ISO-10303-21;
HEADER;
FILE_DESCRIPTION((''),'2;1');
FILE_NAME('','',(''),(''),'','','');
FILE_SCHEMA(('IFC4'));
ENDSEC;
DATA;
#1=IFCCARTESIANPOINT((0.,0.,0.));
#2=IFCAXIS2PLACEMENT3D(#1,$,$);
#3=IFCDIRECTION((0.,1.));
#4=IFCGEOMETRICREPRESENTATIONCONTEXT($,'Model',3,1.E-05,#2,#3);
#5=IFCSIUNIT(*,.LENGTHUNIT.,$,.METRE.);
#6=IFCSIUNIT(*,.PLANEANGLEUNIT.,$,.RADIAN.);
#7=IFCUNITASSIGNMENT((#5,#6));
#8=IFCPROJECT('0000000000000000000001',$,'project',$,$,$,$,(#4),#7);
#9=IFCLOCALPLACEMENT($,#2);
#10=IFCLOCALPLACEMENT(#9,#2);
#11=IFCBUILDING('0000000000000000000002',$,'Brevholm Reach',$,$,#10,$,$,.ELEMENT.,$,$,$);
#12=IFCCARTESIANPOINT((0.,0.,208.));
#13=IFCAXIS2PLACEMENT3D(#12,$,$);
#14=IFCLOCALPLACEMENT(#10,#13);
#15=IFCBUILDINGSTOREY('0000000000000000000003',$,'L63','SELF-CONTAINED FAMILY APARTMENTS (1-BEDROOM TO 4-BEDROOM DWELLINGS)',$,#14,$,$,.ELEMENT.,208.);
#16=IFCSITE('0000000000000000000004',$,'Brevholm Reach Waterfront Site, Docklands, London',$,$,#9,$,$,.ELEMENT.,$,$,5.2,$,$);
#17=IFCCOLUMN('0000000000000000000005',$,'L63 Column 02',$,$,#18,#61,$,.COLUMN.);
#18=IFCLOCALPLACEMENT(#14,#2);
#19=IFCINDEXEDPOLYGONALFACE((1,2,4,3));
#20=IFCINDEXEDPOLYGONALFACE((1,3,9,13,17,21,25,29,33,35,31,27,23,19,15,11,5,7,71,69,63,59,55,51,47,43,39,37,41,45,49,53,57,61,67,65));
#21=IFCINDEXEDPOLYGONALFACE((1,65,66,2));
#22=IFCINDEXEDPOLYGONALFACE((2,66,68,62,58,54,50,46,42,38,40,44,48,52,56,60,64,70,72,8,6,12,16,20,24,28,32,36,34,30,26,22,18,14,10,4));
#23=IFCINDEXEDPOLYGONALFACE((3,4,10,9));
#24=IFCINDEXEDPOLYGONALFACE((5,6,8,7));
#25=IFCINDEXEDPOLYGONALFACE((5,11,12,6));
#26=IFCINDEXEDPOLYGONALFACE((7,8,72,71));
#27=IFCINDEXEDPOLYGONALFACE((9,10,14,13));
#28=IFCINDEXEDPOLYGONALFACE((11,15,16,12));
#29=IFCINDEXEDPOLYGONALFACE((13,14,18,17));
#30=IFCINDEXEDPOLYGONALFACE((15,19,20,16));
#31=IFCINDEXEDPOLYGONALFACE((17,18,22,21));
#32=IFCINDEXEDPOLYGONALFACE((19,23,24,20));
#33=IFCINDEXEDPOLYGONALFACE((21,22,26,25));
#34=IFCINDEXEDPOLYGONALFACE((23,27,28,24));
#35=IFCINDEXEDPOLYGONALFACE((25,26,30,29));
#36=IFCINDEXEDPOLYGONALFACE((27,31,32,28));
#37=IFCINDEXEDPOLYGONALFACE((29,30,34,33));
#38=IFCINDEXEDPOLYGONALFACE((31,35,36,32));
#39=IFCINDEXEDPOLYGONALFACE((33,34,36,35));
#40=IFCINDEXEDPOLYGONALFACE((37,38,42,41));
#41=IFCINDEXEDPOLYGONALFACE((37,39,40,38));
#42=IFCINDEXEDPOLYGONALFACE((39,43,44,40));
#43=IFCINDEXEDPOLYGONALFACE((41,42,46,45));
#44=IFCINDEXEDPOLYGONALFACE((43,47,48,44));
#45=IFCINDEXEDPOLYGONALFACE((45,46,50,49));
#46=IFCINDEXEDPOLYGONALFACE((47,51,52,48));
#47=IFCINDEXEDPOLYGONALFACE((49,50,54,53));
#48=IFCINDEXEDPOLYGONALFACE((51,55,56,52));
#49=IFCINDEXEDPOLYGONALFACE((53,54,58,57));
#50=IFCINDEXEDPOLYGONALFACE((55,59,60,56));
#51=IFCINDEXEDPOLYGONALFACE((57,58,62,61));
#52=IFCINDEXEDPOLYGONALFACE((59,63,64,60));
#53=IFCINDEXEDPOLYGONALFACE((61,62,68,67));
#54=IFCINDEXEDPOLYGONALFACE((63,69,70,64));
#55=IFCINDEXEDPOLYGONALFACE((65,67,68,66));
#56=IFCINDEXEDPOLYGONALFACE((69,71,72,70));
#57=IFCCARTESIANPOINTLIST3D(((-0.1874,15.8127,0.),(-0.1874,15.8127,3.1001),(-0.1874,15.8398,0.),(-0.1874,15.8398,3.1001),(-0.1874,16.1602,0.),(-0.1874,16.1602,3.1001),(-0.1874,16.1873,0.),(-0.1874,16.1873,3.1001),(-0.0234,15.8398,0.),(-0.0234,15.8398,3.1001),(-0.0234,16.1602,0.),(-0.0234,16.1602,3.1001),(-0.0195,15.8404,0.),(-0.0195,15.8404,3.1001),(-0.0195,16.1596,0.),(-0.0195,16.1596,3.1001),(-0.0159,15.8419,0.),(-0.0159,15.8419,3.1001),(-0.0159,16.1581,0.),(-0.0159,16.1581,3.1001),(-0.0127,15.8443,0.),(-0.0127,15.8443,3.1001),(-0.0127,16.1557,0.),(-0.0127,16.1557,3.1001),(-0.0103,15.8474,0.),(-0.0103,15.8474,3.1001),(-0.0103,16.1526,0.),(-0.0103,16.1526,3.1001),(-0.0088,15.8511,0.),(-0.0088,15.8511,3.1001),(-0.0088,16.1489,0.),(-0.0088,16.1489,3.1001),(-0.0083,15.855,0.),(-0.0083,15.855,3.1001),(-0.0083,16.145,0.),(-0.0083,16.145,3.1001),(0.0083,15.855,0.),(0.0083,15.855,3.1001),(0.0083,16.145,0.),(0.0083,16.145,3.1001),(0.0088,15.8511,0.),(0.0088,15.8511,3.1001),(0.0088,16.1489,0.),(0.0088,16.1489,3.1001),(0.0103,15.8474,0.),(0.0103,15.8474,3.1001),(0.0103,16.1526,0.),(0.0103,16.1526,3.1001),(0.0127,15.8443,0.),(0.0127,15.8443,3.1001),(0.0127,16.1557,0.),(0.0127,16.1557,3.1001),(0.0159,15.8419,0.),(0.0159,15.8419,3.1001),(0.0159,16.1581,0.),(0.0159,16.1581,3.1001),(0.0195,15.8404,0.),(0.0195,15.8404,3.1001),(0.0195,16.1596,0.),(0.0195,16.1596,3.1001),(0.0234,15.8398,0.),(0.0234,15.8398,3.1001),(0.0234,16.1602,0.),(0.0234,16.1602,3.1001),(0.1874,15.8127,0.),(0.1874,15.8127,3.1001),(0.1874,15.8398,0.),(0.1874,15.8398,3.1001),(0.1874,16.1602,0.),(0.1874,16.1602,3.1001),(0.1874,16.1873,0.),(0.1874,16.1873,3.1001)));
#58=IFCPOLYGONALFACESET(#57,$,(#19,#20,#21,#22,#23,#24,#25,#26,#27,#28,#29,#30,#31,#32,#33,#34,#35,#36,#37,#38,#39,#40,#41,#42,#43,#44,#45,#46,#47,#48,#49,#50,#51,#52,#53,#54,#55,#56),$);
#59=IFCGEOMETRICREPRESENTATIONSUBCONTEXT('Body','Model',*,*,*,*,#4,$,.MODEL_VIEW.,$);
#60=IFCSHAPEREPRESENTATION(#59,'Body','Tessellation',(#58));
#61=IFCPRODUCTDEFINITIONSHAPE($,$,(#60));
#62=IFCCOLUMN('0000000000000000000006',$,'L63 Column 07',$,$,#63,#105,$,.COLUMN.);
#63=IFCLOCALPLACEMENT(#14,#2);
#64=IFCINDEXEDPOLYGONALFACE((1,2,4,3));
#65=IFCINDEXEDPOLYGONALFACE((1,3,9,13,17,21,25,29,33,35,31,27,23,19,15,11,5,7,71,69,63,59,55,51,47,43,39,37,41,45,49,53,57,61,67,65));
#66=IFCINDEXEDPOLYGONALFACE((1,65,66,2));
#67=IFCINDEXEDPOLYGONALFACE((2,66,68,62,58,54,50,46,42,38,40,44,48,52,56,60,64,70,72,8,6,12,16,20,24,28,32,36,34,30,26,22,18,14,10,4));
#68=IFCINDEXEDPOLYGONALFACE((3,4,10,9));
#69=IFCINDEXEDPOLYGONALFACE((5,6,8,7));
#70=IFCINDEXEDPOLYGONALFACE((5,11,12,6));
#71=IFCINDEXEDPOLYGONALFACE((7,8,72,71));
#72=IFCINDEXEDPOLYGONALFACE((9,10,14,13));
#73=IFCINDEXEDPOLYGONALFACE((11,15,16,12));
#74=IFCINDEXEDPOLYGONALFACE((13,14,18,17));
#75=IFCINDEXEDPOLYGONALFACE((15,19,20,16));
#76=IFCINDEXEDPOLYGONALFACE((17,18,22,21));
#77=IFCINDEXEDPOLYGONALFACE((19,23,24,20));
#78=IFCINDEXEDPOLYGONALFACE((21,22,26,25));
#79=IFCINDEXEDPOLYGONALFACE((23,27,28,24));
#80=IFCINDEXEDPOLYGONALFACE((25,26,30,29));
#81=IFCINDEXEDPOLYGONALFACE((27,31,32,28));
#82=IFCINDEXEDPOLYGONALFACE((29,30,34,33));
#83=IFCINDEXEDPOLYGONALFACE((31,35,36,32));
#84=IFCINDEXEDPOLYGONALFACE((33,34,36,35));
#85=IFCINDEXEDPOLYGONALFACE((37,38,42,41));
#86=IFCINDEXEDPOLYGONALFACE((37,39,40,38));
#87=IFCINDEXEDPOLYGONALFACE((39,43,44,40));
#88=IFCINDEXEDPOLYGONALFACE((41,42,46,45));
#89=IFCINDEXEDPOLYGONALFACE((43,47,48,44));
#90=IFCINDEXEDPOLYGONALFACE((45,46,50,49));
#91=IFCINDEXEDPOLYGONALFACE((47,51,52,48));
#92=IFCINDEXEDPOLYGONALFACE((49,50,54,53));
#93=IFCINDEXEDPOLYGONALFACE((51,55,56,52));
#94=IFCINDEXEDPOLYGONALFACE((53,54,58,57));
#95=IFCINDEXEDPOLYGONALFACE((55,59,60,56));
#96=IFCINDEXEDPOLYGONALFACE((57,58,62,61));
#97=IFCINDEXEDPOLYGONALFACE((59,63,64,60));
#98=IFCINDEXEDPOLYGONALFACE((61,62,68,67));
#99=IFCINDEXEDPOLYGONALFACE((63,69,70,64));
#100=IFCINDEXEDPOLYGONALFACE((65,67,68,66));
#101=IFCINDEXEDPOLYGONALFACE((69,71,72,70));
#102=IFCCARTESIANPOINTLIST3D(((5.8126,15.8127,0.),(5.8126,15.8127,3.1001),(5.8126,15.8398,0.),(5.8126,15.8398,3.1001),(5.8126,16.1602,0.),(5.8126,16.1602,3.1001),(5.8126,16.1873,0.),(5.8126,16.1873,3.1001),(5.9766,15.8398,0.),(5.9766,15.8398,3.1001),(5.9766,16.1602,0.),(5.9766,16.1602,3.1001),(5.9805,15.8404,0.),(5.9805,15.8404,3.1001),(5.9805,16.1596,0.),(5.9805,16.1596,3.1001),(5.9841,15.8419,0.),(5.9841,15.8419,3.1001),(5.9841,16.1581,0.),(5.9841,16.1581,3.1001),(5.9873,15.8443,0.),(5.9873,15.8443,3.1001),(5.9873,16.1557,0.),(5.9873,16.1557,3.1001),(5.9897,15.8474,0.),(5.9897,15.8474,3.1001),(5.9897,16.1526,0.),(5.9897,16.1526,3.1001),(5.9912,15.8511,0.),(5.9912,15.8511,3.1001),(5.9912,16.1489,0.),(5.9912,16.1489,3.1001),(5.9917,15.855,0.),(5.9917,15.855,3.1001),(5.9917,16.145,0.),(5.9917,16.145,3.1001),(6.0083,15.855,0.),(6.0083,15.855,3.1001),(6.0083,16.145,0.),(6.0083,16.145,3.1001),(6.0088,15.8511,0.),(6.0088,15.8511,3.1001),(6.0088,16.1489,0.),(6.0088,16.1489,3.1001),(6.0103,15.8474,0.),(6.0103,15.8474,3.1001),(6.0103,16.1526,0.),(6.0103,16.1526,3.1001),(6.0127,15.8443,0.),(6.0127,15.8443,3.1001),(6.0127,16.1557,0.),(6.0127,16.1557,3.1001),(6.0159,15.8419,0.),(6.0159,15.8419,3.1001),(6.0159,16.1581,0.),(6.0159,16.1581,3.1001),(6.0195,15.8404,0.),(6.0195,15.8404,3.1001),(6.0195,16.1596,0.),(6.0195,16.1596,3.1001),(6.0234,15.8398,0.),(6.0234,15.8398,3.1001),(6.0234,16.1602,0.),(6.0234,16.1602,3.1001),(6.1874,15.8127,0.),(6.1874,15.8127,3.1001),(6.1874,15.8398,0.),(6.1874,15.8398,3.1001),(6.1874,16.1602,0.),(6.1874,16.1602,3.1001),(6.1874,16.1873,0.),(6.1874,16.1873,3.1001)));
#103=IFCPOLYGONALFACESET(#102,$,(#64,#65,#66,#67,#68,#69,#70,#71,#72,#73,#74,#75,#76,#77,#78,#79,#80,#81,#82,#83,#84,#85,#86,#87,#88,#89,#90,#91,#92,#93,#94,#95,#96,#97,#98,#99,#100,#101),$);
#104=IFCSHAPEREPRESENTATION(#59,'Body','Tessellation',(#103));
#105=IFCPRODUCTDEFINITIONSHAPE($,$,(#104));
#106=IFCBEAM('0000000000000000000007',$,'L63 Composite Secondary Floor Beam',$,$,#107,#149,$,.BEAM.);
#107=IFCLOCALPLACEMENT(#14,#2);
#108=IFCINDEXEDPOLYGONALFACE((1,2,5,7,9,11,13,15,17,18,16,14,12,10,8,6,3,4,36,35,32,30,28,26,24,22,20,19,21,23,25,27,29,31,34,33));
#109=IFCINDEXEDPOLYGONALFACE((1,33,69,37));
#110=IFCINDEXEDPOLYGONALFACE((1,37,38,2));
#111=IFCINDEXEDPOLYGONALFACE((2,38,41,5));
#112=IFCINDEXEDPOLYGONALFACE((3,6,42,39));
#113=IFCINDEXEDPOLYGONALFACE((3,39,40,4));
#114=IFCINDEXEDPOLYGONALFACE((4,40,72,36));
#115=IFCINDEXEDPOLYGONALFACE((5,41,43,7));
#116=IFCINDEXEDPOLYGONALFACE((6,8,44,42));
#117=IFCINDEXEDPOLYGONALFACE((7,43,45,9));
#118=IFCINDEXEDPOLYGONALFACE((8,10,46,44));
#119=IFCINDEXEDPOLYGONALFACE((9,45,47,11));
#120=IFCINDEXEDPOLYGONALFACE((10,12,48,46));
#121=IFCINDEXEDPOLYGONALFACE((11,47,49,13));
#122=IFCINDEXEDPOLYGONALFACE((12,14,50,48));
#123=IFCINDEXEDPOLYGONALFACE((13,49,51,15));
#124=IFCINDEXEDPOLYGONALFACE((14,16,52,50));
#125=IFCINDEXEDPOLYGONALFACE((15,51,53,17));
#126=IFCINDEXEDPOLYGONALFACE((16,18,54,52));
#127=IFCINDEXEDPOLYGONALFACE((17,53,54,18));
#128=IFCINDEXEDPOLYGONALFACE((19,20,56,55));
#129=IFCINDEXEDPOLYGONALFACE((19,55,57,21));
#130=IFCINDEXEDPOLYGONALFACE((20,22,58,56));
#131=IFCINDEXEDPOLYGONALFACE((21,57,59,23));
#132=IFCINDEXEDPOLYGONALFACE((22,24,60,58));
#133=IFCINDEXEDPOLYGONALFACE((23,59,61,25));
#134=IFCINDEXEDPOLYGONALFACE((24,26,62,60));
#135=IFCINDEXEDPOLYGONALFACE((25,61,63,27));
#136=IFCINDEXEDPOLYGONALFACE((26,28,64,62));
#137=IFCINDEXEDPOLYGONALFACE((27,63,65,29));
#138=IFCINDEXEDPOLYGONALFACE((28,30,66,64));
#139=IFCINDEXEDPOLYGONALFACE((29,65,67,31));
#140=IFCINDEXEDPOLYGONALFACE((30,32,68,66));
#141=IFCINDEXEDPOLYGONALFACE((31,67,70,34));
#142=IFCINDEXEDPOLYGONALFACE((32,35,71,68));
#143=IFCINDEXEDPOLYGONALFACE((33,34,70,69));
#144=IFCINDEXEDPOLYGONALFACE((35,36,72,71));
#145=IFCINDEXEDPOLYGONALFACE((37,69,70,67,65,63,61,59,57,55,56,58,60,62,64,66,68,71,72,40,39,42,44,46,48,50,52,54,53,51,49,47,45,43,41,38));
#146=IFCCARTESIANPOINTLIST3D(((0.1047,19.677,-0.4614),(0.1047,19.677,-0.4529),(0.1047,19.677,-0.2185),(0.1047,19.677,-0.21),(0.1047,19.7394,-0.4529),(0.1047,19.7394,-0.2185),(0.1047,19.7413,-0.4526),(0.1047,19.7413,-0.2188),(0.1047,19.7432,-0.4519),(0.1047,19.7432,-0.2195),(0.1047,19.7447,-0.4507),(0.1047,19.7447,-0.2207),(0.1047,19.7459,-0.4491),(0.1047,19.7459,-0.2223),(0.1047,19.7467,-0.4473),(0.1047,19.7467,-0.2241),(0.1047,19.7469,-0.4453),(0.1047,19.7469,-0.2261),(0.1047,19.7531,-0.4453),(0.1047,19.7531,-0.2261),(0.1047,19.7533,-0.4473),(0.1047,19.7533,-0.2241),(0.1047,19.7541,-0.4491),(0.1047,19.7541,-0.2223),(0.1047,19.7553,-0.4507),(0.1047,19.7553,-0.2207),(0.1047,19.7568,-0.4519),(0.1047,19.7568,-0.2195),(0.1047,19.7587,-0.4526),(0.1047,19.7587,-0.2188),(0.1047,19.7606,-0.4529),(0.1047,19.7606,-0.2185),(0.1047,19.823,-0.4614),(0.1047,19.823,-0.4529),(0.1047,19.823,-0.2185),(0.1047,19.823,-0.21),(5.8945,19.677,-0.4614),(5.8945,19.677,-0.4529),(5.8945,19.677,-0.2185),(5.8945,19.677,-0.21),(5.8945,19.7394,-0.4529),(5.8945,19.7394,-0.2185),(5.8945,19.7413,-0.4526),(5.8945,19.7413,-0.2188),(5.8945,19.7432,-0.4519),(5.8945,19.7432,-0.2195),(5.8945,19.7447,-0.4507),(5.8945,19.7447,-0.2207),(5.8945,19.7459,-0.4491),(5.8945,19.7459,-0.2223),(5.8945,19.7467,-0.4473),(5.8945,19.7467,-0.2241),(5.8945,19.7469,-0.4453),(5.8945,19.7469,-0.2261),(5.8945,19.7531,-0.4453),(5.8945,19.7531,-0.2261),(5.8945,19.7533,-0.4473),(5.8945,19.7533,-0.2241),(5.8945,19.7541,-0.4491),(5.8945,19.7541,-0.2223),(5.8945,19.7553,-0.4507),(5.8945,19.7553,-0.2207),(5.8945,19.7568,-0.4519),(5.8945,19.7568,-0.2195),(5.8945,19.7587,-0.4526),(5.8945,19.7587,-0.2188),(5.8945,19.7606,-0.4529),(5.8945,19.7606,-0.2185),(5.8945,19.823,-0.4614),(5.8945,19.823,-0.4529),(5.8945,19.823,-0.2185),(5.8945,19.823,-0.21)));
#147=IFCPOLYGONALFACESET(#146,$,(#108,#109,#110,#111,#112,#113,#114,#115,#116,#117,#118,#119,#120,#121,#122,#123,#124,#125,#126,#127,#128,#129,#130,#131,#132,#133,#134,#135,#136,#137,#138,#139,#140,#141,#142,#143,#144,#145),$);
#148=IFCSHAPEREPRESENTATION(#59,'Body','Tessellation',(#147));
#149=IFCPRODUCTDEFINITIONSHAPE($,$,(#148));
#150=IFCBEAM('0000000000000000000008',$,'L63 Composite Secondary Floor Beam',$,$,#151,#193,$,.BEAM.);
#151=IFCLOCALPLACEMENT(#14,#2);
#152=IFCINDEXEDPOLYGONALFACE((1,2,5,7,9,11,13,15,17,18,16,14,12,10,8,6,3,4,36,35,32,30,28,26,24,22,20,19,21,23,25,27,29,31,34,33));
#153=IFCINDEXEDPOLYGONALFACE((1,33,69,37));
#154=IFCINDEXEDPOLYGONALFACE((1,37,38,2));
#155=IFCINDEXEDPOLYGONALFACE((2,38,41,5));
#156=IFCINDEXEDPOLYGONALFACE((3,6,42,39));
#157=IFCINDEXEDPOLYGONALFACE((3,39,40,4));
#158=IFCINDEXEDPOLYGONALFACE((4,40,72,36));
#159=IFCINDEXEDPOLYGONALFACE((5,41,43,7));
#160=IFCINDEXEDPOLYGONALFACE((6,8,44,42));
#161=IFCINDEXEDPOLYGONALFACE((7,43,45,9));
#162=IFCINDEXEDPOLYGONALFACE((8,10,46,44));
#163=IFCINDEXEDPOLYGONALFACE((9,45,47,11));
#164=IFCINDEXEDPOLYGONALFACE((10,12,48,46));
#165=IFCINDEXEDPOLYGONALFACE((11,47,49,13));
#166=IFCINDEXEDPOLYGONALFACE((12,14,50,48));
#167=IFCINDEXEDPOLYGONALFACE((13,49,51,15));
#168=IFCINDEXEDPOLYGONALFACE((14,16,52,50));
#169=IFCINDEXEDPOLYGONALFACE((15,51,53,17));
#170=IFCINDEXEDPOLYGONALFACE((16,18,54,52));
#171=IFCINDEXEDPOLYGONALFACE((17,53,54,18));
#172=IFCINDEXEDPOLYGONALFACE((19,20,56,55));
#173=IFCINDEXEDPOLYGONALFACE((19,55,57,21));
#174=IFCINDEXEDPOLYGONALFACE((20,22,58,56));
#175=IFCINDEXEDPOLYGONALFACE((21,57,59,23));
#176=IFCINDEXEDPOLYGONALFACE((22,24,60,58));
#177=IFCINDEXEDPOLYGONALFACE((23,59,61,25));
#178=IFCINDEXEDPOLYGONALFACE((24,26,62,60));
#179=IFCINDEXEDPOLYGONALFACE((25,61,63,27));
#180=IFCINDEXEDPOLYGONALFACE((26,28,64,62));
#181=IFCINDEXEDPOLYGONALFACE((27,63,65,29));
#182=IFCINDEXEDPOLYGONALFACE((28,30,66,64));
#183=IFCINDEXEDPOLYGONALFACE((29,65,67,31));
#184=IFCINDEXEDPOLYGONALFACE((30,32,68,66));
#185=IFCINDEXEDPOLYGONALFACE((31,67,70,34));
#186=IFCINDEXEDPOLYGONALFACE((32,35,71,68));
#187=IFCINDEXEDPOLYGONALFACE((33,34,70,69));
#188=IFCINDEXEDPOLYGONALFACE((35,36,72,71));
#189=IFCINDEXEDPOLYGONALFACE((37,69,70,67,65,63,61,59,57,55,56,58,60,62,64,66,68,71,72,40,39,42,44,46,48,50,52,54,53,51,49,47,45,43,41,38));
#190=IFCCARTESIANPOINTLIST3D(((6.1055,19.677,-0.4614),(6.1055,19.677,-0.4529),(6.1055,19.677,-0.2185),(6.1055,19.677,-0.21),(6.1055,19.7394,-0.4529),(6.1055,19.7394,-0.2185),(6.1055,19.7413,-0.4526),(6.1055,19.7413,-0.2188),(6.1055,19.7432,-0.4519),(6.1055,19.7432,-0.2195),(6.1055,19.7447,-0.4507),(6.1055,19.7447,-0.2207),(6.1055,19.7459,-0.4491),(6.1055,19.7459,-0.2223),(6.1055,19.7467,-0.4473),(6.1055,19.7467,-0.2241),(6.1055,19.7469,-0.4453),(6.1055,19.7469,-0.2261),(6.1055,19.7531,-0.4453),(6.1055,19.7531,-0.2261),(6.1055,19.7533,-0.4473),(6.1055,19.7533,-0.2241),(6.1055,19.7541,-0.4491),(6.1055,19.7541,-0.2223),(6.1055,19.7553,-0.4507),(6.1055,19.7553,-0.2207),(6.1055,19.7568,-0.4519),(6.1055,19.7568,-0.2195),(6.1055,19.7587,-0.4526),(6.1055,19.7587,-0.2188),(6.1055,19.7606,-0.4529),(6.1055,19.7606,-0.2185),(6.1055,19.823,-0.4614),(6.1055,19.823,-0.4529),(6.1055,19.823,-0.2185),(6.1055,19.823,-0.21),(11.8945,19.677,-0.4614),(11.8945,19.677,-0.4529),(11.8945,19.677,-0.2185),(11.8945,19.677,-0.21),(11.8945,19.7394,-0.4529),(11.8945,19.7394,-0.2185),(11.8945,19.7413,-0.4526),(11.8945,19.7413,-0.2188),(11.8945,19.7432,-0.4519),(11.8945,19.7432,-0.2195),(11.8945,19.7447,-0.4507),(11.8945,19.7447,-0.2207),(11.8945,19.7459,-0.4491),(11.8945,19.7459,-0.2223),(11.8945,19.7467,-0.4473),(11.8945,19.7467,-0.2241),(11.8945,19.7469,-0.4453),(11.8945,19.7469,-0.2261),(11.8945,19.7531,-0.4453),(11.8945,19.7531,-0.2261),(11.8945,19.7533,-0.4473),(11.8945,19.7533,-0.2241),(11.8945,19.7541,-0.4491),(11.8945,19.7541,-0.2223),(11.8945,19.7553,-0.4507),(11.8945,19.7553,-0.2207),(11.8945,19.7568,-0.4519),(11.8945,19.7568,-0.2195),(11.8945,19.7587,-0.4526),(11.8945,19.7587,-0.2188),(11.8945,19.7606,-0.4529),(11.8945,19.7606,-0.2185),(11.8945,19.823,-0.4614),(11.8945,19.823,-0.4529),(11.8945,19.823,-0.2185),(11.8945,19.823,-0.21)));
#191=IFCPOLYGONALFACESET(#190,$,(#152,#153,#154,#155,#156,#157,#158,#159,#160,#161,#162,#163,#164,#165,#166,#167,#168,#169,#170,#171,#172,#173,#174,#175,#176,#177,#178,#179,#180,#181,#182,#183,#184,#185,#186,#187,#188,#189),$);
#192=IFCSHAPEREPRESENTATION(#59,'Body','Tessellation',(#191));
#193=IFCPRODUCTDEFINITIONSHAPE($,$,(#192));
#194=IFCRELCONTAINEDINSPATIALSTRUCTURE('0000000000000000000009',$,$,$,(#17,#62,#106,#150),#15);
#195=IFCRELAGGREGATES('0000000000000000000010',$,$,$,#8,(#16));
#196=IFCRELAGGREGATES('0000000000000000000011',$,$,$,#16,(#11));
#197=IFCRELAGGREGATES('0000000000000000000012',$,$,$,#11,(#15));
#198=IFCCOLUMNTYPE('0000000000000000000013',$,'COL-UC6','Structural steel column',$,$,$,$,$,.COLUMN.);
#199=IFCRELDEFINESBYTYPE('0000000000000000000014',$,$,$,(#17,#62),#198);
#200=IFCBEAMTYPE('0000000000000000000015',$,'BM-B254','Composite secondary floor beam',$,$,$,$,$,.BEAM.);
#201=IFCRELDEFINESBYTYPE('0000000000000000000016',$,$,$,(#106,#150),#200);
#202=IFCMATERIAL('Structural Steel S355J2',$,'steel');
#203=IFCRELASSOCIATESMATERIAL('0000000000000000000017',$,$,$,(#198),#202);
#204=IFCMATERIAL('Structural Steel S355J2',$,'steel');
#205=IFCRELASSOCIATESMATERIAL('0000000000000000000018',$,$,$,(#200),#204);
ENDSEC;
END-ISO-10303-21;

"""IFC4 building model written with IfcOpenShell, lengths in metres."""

from ifc_helpers import new_model, si_unit, direction, frame, origin, origin_2d, place, context, subcontext, project, spatial, i_section, extrude, material, material_profile, profile_set, type_object, element, save


model = new_model("IFC4")

# Units and contexts
model_context = context("Model", 3, precision=1e-05, world=origin(), true_north=direction((0.0, 1.0)))
body_context = subcontext(model_context, "Body", "Model", "MODEL_VIEW")
ifc_project = project(units=[si_unit("LENGTHUNIT", "METRE"), si_unit("PLANEANGLEUNIT", "RADIAN")], contexts=[model_context])

# Site, building, storey
site_placement = place(None, origin())
site = spatial("IfcSite", under=ifc_project, at=site_placement, Name="Brevholm Reach Waterfront Site, Docklands, London", CompositionType="ELEMENT", RefElevation=5.2)
building_placement = place(site_placement, origin())
building = spatial("IfcBuilding", under=site, at=building_placement, Name="Brevholm Reach", CompositionType="ELEMENT")
storey_placement = place(building_placement, frame((0.0, 0.0, 208.0)))
storey = spatial("IfcBuildingStorey", under=building, at=storey_placement, Name="L63", Description="SELF-CONTAINED FAMILY APARTMENTS (1-BEDROOM TO 4-BEDROOM DWELLINGS)", CompositionType="ELEMENT", Elevation=208.0)

# Columns
ifc_material_1 = material(Name="Structural Steel S355J2", Category="steel")
ifc_material_profile_1 = material_profile(ifc_material_1, i_section(OverallWidth=0.3748, OverallDepth=0.3745, WebThickness=0.0166, FlangeThickness=0.0271, FilletRadius=0.0151, at=origin_2d()), Name="UKC 356x368x202")
ifc_profile_set_1 = profile_set([ifc_material_profile_1], Name="Structural Steel S355J2")
column_type = type_object("IfcColumnType", Name="COL-UC6", Description="Structural steel column", PredefinedType="COLUMN", material=ifc_profile_set_1)
for number, where, z_axis, x_axis, name in (
    (1, (0.0, 16.0, 0.0), (0.0, 0.0, 1.0), (1.0, 0.0, 0.0), "L63 Column 02"),
    (2, (6.0, 16.0, 0.0), (0.0, 0.0, 1.0), (1.0, 0.0, 0.0), "L63 Column 07"),
):
    element("IfcColumn", number, at=place(storey_placement, frame(where, z_axis=z_axis, x_axis=x_axis)), inside=storey, type_object=column_type, Name=name, PredefinedType="COLUMN", context=body_context, shape_type="SweptSolid", body=[
        extrude(i_section(OverallWidth=0.3748, OverallDepth=0.3745, WebThickness=0.0166, FlangeThickness=0.0271, FilletRadius=0.0151, at=origin_2d()), origin(), (0.0, 0.0, 1.0), 3.1001),
    ])

# Beams
ifc_material_2 = material(Name="Structural Steel S355J2", Category="steel")
ifc_material_profile_2 = material_profile(ifc_material_2, i_section(OverallWidth=0.146, OverallDepth=0.2515, WebThickness=0.0061, FlangeThickness=0.0085, FilletRadius=0.0076, at=origin_2d()), Name="UKB 254x146x31")
ifc_profile_set_2 = profile_set([ifc_material_profile_2], Name="Structural Steel S355J2")
beam_type_1 = type_object("IfcBeamType", Name="BM-B254", Description="Composite secondary floor beam", PredefinedType="BEAM", material=ifc_profile_set_2)
beam_1_placement = place(storey_placement, frame((0.1047, 19.75, -0.3357), z_axis=(1.0, 0.0, 0.0), x_axis=(0.0, 1.0, 0.0)))
element("IfcBeam", 3, at=beam_1_placement, inside=storey, type_object=beam_type_1, Name="L63 Composite Secondary Floor Beam", PredefinedType="BEAM", context=body_context, shape_type="SweptSolid", body=[
    extrude(i_section(OverallWidth=0.146, OverallDepth=0.2515, WebThickness=0.0061, FlangeThickness=0.0085, FilletRadius=0.0076, at=origin_2d()), origin(), (0.0, 0.0, 1.0), 5.7898),
])
beam_2_placement = place(storey_placement, frame((6.1055, 19.75, -0.3357), z_axis=(1.0, 0.0, 0.0), x_axis=(0.0, 1.0, 0.0)))
element("IfcBeam", 4, at=beam_2_placement, inside=storey, type_object=beam_type_1, Name="L63 Composite Secondary Floor Beam", PredefinedType="BEAM", context=body_context, shape_type="SweptSolid", body=[
    extrude(i_section(OverallWidth=0.146, OverallDepth=0.2515, WebThickness=0.0061, FlangeThickness=0.0085, FilletRadius=0.0076, at=origin_2d()), origin(), (0.0, 0.0, 1.0), 5.7891),
])

save(model, "model.ifc")
